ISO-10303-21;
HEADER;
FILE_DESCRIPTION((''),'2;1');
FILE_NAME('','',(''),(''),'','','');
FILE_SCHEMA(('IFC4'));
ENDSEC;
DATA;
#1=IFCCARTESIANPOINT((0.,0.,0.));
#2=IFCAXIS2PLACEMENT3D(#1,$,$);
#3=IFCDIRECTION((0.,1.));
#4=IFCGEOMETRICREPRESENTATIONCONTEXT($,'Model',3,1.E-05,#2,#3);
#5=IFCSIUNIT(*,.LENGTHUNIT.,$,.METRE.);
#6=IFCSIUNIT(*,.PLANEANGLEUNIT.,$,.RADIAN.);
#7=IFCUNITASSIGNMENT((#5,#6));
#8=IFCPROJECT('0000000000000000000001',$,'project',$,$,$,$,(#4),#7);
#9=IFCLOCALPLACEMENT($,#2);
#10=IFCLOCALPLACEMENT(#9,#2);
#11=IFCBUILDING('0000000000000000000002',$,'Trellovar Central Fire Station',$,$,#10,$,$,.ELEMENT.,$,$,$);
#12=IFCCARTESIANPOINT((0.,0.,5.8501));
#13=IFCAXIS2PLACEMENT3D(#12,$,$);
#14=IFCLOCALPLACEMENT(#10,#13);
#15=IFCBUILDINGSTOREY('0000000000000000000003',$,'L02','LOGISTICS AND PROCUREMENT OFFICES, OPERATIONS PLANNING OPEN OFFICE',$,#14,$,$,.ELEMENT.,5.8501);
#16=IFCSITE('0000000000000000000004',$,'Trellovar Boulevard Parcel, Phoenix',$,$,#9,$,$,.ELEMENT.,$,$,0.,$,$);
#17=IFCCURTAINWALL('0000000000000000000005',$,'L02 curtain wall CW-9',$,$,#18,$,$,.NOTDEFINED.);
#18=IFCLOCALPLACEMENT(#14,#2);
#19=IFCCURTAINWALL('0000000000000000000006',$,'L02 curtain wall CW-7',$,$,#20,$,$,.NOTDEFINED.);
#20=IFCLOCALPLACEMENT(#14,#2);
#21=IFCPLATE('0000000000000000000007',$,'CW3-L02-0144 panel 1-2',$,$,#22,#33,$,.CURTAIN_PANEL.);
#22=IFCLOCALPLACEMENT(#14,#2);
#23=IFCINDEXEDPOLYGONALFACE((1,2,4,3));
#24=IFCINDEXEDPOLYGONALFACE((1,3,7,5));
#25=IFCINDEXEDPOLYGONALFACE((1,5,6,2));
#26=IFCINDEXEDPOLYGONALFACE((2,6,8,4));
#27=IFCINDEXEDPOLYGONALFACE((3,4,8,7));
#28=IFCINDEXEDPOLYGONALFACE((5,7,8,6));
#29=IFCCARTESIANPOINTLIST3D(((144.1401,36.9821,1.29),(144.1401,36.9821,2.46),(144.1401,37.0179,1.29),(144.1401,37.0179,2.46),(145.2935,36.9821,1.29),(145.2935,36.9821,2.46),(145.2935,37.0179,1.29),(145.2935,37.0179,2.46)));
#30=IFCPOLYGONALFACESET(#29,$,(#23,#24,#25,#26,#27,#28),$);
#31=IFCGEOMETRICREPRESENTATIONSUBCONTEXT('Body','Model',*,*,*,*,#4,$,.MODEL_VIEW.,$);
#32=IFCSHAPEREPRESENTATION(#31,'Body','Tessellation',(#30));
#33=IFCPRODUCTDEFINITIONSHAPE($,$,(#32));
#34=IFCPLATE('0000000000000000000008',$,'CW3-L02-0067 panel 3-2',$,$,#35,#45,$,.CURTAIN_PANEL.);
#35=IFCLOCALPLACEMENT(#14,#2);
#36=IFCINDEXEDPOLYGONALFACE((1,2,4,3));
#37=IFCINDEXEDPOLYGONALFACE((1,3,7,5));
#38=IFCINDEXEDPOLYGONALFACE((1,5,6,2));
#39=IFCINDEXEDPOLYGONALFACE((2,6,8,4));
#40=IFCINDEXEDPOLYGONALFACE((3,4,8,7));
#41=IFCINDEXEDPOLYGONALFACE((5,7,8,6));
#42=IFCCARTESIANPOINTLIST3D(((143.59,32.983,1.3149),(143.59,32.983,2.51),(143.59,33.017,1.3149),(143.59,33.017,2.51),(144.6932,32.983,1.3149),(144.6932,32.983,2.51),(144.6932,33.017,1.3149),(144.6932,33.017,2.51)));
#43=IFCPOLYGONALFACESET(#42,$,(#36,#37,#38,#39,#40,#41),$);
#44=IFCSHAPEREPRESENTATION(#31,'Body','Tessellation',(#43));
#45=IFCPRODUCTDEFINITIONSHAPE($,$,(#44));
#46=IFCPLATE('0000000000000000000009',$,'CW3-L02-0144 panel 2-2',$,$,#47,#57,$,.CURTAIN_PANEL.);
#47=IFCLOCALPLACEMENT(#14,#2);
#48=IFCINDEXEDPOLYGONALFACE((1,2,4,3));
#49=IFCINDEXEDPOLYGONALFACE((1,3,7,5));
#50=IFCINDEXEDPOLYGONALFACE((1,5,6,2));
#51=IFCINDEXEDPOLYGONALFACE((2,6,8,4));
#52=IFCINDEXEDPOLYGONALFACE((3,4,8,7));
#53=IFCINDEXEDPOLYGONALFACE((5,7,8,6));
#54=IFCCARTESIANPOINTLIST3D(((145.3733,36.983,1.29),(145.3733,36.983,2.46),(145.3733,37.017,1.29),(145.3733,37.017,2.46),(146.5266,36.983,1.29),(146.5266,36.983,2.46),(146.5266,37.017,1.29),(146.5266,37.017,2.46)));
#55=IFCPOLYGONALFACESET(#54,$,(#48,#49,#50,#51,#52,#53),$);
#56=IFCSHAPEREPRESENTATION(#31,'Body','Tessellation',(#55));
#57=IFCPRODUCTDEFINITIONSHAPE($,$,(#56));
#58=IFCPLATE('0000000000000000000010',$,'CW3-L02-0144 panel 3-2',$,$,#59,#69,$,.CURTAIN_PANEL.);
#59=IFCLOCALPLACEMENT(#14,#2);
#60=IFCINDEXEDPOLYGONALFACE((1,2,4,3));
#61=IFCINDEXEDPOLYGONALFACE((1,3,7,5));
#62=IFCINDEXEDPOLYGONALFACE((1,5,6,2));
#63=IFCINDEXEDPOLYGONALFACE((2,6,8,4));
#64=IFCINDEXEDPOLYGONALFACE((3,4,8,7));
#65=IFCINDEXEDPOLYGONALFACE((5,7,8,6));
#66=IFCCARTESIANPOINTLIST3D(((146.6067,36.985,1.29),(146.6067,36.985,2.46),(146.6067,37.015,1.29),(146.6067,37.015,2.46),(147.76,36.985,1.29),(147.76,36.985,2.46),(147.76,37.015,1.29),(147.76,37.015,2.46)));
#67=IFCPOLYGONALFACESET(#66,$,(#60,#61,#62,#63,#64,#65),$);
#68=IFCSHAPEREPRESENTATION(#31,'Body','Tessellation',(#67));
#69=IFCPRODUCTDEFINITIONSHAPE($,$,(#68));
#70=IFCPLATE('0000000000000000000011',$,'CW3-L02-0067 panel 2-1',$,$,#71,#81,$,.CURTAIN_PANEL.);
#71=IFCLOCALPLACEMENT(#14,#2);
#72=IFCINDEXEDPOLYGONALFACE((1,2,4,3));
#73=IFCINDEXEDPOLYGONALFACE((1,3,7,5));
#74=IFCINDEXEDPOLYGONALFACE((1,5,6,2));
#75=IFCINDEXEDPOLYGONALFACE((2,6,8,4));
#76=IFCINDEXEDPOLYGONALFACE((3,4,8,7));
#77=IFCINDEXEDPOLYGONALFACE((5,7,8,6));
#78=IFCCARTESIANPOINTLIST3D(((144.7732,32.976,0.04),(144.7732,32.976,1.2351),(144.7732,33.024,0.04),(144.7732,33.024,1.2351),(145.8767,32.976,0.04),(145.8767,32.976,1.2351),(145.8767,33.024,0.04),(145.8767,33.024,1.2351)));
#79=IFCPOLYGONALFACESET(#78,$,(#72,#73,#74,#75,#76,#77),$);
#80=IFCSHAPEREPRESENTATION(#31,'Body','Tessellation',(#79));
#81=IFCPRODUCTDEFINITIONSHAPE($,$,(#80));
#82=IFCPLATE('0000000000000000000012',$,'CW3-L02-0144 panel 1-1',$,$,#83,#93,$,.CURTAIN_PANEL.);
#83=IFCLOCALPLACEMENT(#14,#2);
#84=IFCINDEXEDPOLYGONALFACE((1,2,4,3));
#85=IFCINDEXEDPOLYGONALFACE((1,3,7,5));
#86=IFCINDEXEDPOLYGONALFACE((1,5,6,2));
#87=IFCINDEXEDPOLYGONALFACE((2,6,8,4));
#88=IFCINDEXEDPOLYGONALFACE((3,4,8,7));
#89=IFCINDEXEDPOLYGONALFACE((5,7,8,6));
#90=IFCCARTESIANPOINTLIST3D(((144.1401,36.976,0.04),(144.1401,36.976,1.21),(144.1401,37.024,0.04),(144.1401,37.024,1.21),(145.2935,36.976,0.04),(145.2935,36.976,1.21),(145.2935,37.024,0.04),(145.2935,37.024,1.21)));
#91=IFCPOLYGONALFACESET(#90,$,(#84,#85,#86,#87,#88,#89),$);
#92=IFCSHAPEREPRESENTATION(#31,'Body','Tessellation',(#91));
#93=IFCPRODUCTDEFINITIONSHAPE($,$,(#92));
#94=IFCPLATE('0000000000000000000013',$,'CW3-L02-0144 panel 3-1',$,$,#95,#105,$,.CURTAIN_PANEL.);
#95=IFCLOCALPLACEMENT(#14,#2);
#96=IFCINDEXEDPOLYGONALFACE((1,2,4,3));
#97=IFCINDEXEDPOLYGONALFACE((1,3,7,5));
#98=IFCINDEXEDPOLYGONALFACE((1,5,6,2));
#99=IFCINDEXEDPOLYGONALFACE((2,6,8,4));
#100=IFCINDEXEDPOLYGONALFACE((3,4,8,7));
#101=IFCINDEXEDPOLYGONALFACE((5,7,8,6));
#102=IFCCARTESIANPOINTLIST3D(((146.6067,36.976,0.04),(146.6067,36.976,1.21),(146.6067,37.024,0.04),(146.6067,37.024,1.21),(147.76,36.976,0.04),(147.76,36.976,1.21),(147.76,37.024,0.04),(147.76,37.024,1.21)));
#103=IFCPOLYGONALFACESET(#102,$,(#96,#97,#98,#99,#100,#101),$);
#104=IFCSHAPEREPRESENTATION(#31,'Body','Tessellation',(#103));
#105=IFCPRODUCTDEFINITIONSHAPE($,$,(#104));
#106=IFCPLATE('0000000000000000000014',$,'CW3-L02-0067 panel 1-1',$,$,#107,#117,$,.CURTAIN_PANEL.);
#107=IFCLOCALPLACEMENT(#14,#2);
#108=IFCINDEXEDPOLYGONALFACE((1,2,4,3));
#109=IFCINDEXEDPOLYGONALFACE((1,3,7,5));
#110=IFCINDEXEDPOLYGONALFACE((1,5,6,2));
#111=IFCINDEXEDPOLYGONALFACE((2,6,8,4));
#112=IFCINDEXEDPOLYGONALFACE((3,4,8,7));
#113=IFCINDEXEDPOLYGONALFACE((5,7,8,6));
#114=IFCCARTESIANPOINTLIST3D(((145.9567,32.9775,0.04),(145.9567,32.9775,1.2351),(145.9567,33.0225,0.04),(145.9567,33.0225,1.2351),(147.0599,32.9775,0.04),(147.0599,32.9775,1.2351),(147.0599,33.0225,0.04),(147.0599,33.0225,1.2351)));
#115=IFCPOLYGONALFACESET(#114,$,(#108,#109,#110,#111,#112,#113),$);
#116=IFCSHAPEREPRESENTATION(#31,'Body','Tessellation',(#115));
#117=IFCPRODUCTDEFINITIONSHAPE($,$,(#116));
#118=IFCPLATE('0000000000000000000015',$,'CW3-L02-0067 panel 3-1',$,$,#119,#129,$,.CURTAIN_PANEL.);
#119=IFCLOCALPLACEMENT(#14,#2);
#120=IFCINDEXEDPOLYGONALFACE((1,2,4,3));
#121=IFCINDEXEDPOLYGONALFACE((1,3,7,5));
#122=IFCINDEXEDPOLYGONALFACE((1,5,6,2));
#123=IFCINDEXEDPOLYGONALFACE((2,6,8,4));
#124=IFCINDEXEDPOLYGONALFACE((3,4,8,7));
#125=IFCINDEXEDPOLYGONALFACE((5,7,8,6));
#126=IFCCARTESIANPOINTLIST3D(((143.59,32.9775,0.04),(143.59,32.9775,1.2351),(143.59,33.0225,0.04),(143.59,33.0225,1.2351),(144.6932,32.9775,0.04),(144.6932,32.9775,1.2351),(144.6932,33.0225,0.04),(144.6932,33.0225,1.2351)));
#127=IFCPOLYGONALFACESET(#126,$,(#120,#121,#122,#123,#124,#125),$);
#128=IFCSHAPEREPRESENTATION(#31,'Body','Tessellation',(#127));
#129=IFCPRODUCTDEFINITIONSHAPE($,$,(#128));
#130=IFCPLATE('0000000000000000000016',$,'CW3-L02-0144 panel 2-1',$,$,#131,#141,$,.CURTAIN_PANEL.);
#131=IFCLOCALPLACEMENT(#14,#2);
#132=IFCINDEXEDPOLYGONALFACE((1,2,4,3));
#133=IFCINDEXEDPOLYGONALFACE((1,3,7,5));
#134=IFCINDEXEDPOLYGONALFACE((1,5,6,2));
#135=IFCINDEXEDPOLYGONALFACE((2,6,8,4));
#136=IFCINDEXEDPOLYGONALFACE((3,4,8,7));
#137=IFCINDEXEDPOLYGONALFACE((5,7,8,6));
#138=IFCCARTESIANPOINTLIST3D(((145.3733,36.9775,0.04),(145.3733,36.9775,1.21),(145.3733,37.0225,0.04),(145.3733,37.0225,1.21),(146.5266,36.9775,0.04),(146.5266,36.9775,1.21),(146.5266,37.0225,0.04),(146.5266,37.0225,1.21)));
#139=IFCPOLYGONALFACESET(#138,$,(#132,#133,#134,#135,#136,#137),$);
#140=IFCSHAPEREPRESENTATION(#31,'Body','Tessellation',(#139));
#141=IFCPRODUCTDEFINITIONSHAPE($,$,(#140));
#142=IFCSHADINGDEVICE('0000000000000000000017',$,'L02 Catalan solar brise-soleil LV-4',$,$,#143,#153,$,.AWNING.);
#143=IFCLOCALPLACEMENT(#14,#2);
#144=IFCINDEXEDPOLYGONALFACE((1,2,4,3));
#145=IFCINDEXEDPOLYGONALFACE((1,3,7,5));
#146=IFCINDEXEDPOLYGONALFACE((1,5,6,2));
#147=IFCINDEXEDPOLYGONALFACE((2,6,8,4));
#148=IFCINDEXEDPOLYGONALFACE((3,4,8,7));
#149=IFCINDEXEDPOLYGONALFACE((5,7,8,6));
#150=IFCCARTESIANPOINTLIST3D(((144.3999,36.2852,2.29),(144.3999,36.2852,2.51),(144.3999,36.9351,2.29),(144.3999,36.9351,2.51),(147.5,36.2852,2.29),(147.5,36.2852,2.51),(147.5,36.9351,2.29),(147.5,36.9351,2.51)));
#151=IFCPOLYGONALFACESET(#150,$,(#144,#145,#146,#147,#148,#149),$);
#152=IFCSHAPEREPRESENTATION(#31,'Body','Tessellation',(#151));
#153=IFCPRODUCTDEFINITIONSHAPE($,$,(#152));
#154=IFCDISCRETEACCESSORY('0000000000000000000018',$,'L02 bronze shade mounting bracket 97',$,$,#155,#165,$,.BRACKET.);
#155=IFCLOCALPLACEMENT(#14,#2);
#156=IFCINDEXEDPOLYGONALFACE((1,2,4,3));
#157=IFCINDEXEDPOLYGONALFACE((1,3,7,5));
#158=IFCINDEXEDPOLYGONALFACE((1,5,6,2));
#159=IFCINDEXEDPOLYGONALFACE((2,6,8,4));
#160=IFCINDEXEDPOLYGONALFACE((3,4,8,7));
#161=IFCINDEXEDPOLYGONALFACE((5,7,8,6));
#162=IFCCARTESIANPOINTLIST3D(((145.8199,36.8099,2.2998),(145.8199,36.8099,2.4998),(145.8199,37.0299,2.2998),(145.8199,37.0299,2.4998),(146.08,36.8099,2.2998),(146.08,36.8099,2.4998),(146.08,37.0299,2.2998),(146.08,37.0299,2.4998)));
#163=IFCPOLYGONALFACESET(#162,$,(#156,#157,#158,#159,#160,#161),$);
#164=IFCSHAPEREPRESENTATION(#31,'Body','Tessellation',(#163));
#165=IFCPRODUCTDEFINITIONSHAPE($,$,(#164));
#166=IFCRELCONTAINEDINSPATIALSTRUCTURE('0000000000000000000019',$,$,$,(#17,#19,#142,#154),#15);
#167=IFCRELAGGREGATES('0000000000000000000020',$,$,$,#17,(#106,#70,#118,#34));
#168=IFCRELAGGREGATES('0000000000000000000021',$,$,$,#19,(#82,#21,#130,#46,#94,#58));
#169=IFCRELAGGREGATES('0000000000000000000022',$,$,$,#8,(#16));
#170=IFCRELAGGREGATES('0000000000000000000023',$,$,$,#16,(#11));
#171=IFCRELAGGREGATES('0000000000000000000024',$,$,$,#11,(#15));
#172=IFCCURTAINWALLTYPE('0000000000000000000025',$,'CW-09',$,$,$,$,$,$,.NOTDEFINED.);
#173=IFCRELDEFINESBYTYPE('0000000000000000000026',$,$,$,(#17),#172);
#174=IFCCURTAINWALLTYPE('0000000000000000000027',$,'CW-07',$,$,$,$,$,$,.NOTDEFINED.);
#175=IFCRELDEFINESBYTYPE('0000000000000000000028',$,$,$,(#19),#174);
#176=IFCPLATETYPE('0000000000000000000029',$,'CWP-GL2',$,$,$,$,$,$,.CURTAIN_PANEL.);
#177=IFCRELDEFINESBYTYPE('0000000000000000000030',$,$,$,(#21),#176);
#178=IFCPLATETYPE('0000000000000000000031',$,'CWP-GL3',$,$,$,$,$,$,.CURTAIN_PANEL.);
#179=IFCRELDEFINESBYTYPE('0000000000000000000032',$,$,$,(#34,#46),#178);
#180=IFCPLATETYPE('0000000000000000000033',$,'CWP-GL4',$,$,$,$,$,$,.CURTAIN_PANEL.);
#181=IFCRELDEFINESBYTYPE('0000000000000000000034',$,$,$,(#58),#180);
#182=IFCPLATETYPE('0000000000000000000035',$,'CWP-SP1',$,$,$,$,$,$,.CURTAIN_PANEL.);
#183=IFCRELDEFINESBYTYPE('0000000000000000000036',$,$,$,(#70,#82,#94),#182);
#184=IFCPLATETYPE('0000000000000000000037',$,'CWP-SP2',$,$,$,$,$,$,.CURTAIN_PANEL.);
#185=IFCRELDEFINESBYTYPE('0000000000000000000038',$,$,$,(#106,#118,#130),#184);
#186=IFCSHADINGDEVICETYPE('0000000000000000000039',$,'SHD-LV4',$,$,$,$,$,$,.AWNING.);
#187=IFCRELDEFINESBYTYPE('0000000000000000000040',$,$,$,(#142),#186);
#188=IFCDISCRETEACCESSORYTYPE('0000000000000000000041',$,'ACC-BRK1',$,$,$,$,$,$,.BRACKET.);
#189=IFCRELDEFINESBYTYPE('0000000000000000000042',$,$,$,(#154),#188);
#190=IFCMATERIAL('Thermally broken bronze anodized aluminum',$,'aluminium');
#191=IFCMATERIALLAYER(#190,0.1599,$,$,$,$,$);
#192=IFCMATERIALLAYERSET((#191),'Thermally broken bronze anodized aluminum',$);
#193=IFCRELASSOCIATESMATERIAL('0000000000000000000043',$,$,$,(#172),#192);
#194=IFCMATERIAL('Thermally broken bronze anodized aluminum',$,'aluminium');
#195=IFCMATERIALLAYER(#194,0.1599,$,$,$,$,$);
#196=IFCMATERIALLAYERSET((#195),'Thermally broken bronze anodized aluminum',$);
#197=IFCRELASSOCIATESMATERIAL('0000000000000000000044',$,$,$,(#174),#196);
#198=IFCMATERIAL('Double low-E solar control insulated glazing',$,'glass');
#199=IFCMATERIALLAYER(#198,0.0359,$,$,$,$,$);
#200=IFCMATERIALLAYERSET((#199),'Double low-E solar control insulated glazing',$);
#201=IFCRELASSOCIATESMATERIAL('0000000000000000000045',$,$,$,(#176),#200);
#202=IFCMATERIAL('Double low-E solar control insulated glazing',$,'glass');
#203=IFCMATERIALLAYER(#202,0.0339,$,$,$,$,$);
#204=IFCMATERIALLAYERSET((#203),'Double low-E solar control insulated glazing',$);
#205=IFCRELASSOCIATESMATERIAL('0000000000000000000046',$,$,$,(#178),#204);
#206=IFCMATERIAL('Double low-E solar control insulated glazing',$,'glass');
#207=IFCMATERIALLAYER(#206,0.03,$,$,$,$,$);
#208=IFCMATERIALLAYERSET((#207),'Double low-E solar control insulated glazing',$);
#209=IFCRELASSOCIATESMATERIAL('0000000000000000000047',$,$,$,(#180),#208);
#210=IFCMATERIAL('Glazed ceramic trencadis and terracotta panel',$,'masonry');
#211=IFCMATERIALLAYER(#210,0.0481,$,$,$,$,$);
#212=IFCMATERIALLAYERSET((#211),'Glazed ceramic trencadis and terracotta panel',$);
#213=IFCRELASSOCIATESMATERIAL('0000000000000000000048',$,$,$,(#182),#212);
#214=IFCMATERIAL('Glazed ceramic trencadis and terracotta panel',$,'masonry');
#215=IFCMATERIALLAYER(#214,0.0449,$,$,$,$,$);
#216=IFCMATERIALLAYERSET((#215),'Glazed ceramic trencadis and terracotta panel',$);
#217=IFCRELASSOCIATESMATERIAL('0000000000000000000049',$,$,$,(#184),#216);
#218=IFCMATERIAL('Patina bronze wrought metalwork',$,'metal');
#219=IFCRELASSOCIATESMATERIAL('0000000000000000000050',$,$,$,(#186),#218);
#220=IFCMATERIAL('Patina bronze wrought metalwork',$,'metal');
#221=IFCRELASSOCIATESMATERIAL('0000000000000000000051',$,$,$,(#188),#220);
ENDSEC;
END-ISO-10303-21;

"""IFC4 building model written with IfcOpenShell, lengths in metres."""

from ifc_helpers import new_model, si_unit, direction, frame, origin, origin_2d, place, context, subcontext, project, spatial, rectangle, extrude, material, layer, layer_set, type_object, element, aggregate, save


model = new_model("IFC4")

# Units and contexts
model_context = context("Model", 3, precision=1e-05, world=origin(), true_north=direction((0.0, 1.0)))
body_context = subcontext(model_context, "Body", "Model", "MODEL_VIEW")
ifc_project = project(units=[si_unit("LENGTHUNIT", "METRE"), si_unit("PLANEANGLEUNIT", "RADIAN")], contexts=[model_context])

# Site, building, storey
site_placement = place(None, origin())
site = spatial("IfcSite", under=ifc_project, at=site_placement, Name="Trellovar Boulevard Parcel, Phoenix", CompositionType="ELEMENT", RefElevation=0.0)
building_placement = place(site_placement, origin())
building = spatial("IfcBuilding", under=site, at=building_placement, Name="Trellovar Central Fire Station", CompositionType="ELEMENT")
storey_placement = place(building_placement, frame((0.0, 0.0, 5.8501)))
storey = spatial("IfcBuildingStorey", under=building, at=storey_placement, Name="L02", Description="LOGISTICS AND PROCUREMENT OFFICES, OPERATIONS PLANNING OPEN OFFICE", CompositionType="ELEMENT", Elevation=5.8501)

# Curtain wall
ifc_material_1 = material(Name="Thermally broken bronze anodized aluminum", Category="aluminium")
ifc_layer_1 = layer(ifc_material_1, 0.1599)
ifc_layer_set_1 = layer_set([ifc_layer_1], Name="Thermally broken bronze anodized aluminum")
curtain_wall_type_1 = type_object("IfcCurtainWallType", Name="CW-09", PredefinedType="NOTDEFINED", material=ifc_layer_set_1)
curtain_wall_1_placement = place(storey_placement, origin())
curtain_wall_1 = element("IfcCurtainWall", 1, at=curtain_wall_1_placement, inside=storey, type_object=curtain_wall_type_1, Name="L02 curtain wall CW-9", PredefinedType="NOTDEFINED")

# Curtain wall
ifc_material_2 = material(Name="Thermally broken bronze anodized aluminum", Category="aluminium")
ifc_layer_2 = layer(ifc_material_2, 0.1599)
ifc_layer_set_2 = layer_set([ifc_layer_2], Name="Thermally broken bronze anodized aluminum")
curtain_wall_type_2 = type_object("IfcCurtainWallType", Name="CW-07", PredefinedType="NOTDEFINED", material=ifc_layer_set_2)
curtain_wall_2_placement = place(storey_placement, origin())
curtain_wall_2 = element("IfcCurtainWall", 2, at=curtain_wall_2_placement, inside=storey, type_object=curtain_wall_type_2, Name="L02 curtain wall CW-7", PredefinedType="NOTDEFINED")

# Plates
ifc_material_3 = material(Name="Double low-E solar control insulated glazing", Category="glass")
ifc_layer_3 = layer(ifc_material_3, 0.0359)
ifc_layer_set_3 = layer_set([ifc_layer_3], Name="Double low-E solar control insulated glazing")
plate_type_1 = type_object("IfcPlateType", Name="CWP-GL2", PredefinedType="CURTAIN_PANEL", material=ifc_layer_set_3)
plate_1_placement = place(storey_placement, frame((144.7168, 37.0, 1.29), z_axis=(0.0, 0.0, 1.0), x_axis=(1.0, 0.0, 0.0)))
plate_1 = element("IfcPlate", 3, at=plate_1_placement, type_object=plate_type_1, Name="CW3-L02-0144 panel 1-2", PredefinedType="CURTAIN_PANEL", context=body_context, shape_type="SweptSolid", body=[
    extrude(rectangle(XDim=1.1533, YDim=0.0359, at=origin_2d()), origin(), (0.0, 0.0, 1.0), 1.1699),
])
ifc_material_4 = material(Name="Double low-E solar control insulated glazing", Category="glass")
ifc_layer_4 = layer(ifc_material_4, 0.0339)
ifc_layer_set_4 = layer_set([ifc_layer_4], Name="Double low-E solar control insulated glazing")
plate_type_2 = type_object("IfcPlateType", Name="CWP-GL3", PredefinedType="CURTAIN_PANEL", material=ifc_layer_set_4)
plate_2_placement = place(storey_placement, frame((144.1416, 33.0, 1.3149), z_axis=(0.0, 0.0, 1.0), x_axis=(-1.0, 0.0, 0.0)))
plate_2 = element("IfcPlate", 4, at=plate_2_placement, type_object=plate_type_2, Name="CW3-L02-0067 panel 3-2", PredefinedType="CURTAIN_PANEL", context=body_context, shape_type="SweptSolid", body=[
    extrude(rectangle(XDim=1.1033, YDim=0.0339, at=origin_2d()), origin(), (0.0, 0.0, 1.0), 1.1951),
])
plate_3_placement = place(storey_placement, frame((145.95, 37.0, 1.29), z_axis=(0.0, 0.0, 1.0), x_axis=(1.0, 0.0, 0.0)))
plate_3 = element("IfcPlate", 5, at=plate_3_placement, type_object=plate_type_2, Name="CW3-L02-0144 panel 2-2", PredefinedType="CURTAIN_PANEL", context=body_context, shape_type="SweptSolid", body=[
    extrude(rectangle(XDim=1.1533, YDim=0.0339, at=origin_2d()), origin(), (0.0, 0.0, 1.0), 1.1699),
])
ifc_material_5 = material(Name="Double low-E solar control insulated glazing", Category="glass")
ifc_layer_5 = layer(ifc_material_5, 0.03)
ifc_layer_set_5 = layer_set([ifc_layer_5], Name="Double low-E solar control insulated glazing")
plate_type_3 = type_object("IfcPlateType", Name="CWP-GL4", PredefinedType="CURTAIN_PANEL", material=ifc_layer_set_5)
plate_4_placement = place(storey_placement, frame((147.1833, 37.0, 1.29), z_axis=(0.0, 0.0, 1.0), x_axis=(1.0, 0.0, 0.0)))
plate_4 = element("IfcPlate", 6, at=plate_4_placement, type_object=plate_type_3, Name="CW3-L02-0144 panel 3-2", PredefinedType="CURTAIN_PANEL", context=body_context, shape_type="SweptSolid", body=[
    extrude(rectangle(XDim=1.1533, YDim=0.03, at=origin_2d()), origin(), (0.0, 0.0, 1.0), 1.1699),
])
ifc_material_6 = material(Name="Glazed ceramic trencadis and terracotta panel", Category="masonry")
ifc_layer_6 = layer(ifc_material_6, 0.0481)
ifc_layer_set_6 = layer_set([ifc_layer_6], Name="Glazed ceramic trencadis and terracotta panel")
plate_type_4 = type_object("IfcPlateType", Name="CWP-SP1", PredefinedType="CURTAIN_PANEL", material=ifc_layer_set_6)
plate_5_placement = place(storey_placement, frame((145.325, 33.0, 0.04), z_axis=(0.0, 0.0, 1.0), x_axis=(-1.0, 0.0, 0.0)))
plate_5 = element("IfcPlate", 7, at=plate_5_placement, type_object=plate_type_4, Name="CW3-L02-0067 panel 2-1", PredefinedType="CURTAIN_PANEL", context=body_context, shape_type="SweptSolid", body=[
    extrude(rectangle(XDim=1.1035, YDim=0.0481, at=origin_2d()), origin(), (0.0, 0.0, 1.0), 1.1951),
])
plate_6_placement = place(storey_placement, frame((144.7168, 37.0, 0.04), z_axis=(0.0, 0.0, 1.0), x_axis=(1.0, 0.0, 0.0)))
plate_6 = element("IfcPlate", 8, at=plate_6_placement, type_object=plate_type_4, Name="CW3-L02-0144 panel 1-1", PredefinedType="CURTAIN_PANEL", context=body_context, shape_type="SweptSolid", body=[
    extrude(rectangle(XDim=1.1533, YDim=0.0481, at=origin_2d()), origin(), (0.0, 0.0, 1.0), 1.1699),
])
plate_7_placement = place(storey_placement, frame((147.1833, 37.0, 0.04), z_axis=(0.0, 0.0, 1.0), x_axis=(1.0, 0.0, 0.0)))
plate_7 = element("IfcPlate", 9, at=plate_7_placement, type_object=plate_type_4, Name="CW3-L02-0144 panel 3-1", PredefinedType="CURTAIN_PANEL", context=body_context, shape_type="SweptSolid", body=[
    extrude(rectangle(XDim=1.1533, YDim=0.0481, at=origin_2d()), origin(), (0.0, 0.0, 1.0), 1.1699),
])
ifc_material_7 = material(Name="Glazed ceramic trencadis and terracotta panel", Category="masonry")
ifc_layer_7 = layer(ifc_material_7, 0.0449)
ifc_layer_set_7 = layer_set([ifc_layer_7], Name="Glazed ceramic trencadis and terracotta panel")
plate_type_5 = type_object("IfcPlateType", Name="CWP-SP2", PredefinedType="CURTAIN_PANEL", material=ifc_layer_set_7)
plate_8_placement = place(storey_placement, frame((146.5083, 33.0, 0.04), z_axis=(0.0, 0.0, 1.0), x_axis=(-1.0, 0.0, 0.0)))
plate_8 = element("IfcPlate", 10, at=plate_8_placement, type_object=plate_type_5, Name="CW3-L02-0067 panel 1-1", PredefinedType="CURTAIN_PANEL", context=body_context, shape_type="SweptSolid", body=[
    extrude(rectangle(XDim=1.1033, YDim=0.0449, at=origin_2d()), origin(), (0.0, 0.0, 1.0), 1.1951),
])
plate_9_placement = place(storey_placement, frame((144.1416, 33.0, 0.04), z_axis=(0.0, 0.0, 1.0), x_axis=(-1.0, 0.0, 0.0)))
plate_9 = element("IfcPlate", 11, at=plate_9_placement, type_object=plate_type_5, Name="CW3-L02-0067 panel 3-1", PredefinedType="CURTAIN_PANEL", context=body_context, shape_type="SweptSolid", body=[
    extrude(rectangle(XDim=1.1033, YDim=0.0449, at=origin_2d()), origin(), (0.0, 0.0, 1.0), 1.1951),
])
aggregate(curtain_wall_1, [plate_8, plate_5, plate_9, plate_2])
plate_10_placement = place(storey_placement, frame((145.95, 37.0, 0.04), z_axis=(0.0, 0.0, 1.0), x_axis=(1.0, 0.0, 0.0)))
plate_10 = element("IfcPlate", 12, at=plate_10_placement, type_object=plate_type_5, Name="CW3-L02-0144 panel 2-1", PredefinedType="CURTAIN_PANEL", context=body_context, shape_type="SweptSolid", body=[
    extrude(rectangle(XDim=1.1533, YDim=0.0449, at=origin_2d()), origin(), (0.0, 0.0, 1.0), 1.1699),
])
aggregate(curtain_wall_2, [plate_6, plate_1, plate_10, plate_3, plate_7, plate_4])

# Shading device
ifc_material_8 = material(Name="Patina bronze wrought metalwork", Category="metal")
shading_device_type = type_object("IfcShadingDeviceType", Name="SHD-LV4", PredefinedType="AWNING", material=ifc_material_8)
shading_device_placement = place(storey_placement, frame((145.95, 36.6101, 2.29), z_axis=(0.0, 0.0, 1.0), x_axis=(1.0, 0.0, 0.0)))
element("IfcShadingDevice", 13, at=shading_device_placement, inside=storey, type_object=shading_device_type, Name="L02 Catalan solar brise-soleil LV-4", PredefinedType="AWNING", context=body_context, shape_type="SweptSolid", body=[
    extrude(rectangle(XDim=3.1001, YDim=0.6499, at=origin_2d()), origin(), (0.0, 0.0, 1.0), 0.22),
])

# Discrete accessory
ifc_material_9 = material(Name="Patina bronze wrought metalwork", Category="metal")
discrete_accessory_type = type_object("IfcDiscreteAccessoryType", Name="ACC-BRK1", PredefinedType="BRACKET", material=ifc_material_9)
discrete_accessory_placement = place(storey_placement, frame((145.95, 36.9199, 2.2998), z_axis=(0.0, 0.0, 1.0), x_axis=(1.0, 0.0, 0.0)))
element("IfcDiscreteAccessory", 14, at=discrete_accessory_placement, inside=storey, type_object=discrete_accessory_type, Name="L02 bronze shade mounting bracket 97", PredefinedType="BRACKET", context=body_context, shape_type="SweptSolid", body=[
    extrude(rectangle(XDim=0.26, YDim=0.22, at=origin_2d()), origin(), (0.0, 0.0, 1.0), 0.2),
])

save(model, "model.ifc")
